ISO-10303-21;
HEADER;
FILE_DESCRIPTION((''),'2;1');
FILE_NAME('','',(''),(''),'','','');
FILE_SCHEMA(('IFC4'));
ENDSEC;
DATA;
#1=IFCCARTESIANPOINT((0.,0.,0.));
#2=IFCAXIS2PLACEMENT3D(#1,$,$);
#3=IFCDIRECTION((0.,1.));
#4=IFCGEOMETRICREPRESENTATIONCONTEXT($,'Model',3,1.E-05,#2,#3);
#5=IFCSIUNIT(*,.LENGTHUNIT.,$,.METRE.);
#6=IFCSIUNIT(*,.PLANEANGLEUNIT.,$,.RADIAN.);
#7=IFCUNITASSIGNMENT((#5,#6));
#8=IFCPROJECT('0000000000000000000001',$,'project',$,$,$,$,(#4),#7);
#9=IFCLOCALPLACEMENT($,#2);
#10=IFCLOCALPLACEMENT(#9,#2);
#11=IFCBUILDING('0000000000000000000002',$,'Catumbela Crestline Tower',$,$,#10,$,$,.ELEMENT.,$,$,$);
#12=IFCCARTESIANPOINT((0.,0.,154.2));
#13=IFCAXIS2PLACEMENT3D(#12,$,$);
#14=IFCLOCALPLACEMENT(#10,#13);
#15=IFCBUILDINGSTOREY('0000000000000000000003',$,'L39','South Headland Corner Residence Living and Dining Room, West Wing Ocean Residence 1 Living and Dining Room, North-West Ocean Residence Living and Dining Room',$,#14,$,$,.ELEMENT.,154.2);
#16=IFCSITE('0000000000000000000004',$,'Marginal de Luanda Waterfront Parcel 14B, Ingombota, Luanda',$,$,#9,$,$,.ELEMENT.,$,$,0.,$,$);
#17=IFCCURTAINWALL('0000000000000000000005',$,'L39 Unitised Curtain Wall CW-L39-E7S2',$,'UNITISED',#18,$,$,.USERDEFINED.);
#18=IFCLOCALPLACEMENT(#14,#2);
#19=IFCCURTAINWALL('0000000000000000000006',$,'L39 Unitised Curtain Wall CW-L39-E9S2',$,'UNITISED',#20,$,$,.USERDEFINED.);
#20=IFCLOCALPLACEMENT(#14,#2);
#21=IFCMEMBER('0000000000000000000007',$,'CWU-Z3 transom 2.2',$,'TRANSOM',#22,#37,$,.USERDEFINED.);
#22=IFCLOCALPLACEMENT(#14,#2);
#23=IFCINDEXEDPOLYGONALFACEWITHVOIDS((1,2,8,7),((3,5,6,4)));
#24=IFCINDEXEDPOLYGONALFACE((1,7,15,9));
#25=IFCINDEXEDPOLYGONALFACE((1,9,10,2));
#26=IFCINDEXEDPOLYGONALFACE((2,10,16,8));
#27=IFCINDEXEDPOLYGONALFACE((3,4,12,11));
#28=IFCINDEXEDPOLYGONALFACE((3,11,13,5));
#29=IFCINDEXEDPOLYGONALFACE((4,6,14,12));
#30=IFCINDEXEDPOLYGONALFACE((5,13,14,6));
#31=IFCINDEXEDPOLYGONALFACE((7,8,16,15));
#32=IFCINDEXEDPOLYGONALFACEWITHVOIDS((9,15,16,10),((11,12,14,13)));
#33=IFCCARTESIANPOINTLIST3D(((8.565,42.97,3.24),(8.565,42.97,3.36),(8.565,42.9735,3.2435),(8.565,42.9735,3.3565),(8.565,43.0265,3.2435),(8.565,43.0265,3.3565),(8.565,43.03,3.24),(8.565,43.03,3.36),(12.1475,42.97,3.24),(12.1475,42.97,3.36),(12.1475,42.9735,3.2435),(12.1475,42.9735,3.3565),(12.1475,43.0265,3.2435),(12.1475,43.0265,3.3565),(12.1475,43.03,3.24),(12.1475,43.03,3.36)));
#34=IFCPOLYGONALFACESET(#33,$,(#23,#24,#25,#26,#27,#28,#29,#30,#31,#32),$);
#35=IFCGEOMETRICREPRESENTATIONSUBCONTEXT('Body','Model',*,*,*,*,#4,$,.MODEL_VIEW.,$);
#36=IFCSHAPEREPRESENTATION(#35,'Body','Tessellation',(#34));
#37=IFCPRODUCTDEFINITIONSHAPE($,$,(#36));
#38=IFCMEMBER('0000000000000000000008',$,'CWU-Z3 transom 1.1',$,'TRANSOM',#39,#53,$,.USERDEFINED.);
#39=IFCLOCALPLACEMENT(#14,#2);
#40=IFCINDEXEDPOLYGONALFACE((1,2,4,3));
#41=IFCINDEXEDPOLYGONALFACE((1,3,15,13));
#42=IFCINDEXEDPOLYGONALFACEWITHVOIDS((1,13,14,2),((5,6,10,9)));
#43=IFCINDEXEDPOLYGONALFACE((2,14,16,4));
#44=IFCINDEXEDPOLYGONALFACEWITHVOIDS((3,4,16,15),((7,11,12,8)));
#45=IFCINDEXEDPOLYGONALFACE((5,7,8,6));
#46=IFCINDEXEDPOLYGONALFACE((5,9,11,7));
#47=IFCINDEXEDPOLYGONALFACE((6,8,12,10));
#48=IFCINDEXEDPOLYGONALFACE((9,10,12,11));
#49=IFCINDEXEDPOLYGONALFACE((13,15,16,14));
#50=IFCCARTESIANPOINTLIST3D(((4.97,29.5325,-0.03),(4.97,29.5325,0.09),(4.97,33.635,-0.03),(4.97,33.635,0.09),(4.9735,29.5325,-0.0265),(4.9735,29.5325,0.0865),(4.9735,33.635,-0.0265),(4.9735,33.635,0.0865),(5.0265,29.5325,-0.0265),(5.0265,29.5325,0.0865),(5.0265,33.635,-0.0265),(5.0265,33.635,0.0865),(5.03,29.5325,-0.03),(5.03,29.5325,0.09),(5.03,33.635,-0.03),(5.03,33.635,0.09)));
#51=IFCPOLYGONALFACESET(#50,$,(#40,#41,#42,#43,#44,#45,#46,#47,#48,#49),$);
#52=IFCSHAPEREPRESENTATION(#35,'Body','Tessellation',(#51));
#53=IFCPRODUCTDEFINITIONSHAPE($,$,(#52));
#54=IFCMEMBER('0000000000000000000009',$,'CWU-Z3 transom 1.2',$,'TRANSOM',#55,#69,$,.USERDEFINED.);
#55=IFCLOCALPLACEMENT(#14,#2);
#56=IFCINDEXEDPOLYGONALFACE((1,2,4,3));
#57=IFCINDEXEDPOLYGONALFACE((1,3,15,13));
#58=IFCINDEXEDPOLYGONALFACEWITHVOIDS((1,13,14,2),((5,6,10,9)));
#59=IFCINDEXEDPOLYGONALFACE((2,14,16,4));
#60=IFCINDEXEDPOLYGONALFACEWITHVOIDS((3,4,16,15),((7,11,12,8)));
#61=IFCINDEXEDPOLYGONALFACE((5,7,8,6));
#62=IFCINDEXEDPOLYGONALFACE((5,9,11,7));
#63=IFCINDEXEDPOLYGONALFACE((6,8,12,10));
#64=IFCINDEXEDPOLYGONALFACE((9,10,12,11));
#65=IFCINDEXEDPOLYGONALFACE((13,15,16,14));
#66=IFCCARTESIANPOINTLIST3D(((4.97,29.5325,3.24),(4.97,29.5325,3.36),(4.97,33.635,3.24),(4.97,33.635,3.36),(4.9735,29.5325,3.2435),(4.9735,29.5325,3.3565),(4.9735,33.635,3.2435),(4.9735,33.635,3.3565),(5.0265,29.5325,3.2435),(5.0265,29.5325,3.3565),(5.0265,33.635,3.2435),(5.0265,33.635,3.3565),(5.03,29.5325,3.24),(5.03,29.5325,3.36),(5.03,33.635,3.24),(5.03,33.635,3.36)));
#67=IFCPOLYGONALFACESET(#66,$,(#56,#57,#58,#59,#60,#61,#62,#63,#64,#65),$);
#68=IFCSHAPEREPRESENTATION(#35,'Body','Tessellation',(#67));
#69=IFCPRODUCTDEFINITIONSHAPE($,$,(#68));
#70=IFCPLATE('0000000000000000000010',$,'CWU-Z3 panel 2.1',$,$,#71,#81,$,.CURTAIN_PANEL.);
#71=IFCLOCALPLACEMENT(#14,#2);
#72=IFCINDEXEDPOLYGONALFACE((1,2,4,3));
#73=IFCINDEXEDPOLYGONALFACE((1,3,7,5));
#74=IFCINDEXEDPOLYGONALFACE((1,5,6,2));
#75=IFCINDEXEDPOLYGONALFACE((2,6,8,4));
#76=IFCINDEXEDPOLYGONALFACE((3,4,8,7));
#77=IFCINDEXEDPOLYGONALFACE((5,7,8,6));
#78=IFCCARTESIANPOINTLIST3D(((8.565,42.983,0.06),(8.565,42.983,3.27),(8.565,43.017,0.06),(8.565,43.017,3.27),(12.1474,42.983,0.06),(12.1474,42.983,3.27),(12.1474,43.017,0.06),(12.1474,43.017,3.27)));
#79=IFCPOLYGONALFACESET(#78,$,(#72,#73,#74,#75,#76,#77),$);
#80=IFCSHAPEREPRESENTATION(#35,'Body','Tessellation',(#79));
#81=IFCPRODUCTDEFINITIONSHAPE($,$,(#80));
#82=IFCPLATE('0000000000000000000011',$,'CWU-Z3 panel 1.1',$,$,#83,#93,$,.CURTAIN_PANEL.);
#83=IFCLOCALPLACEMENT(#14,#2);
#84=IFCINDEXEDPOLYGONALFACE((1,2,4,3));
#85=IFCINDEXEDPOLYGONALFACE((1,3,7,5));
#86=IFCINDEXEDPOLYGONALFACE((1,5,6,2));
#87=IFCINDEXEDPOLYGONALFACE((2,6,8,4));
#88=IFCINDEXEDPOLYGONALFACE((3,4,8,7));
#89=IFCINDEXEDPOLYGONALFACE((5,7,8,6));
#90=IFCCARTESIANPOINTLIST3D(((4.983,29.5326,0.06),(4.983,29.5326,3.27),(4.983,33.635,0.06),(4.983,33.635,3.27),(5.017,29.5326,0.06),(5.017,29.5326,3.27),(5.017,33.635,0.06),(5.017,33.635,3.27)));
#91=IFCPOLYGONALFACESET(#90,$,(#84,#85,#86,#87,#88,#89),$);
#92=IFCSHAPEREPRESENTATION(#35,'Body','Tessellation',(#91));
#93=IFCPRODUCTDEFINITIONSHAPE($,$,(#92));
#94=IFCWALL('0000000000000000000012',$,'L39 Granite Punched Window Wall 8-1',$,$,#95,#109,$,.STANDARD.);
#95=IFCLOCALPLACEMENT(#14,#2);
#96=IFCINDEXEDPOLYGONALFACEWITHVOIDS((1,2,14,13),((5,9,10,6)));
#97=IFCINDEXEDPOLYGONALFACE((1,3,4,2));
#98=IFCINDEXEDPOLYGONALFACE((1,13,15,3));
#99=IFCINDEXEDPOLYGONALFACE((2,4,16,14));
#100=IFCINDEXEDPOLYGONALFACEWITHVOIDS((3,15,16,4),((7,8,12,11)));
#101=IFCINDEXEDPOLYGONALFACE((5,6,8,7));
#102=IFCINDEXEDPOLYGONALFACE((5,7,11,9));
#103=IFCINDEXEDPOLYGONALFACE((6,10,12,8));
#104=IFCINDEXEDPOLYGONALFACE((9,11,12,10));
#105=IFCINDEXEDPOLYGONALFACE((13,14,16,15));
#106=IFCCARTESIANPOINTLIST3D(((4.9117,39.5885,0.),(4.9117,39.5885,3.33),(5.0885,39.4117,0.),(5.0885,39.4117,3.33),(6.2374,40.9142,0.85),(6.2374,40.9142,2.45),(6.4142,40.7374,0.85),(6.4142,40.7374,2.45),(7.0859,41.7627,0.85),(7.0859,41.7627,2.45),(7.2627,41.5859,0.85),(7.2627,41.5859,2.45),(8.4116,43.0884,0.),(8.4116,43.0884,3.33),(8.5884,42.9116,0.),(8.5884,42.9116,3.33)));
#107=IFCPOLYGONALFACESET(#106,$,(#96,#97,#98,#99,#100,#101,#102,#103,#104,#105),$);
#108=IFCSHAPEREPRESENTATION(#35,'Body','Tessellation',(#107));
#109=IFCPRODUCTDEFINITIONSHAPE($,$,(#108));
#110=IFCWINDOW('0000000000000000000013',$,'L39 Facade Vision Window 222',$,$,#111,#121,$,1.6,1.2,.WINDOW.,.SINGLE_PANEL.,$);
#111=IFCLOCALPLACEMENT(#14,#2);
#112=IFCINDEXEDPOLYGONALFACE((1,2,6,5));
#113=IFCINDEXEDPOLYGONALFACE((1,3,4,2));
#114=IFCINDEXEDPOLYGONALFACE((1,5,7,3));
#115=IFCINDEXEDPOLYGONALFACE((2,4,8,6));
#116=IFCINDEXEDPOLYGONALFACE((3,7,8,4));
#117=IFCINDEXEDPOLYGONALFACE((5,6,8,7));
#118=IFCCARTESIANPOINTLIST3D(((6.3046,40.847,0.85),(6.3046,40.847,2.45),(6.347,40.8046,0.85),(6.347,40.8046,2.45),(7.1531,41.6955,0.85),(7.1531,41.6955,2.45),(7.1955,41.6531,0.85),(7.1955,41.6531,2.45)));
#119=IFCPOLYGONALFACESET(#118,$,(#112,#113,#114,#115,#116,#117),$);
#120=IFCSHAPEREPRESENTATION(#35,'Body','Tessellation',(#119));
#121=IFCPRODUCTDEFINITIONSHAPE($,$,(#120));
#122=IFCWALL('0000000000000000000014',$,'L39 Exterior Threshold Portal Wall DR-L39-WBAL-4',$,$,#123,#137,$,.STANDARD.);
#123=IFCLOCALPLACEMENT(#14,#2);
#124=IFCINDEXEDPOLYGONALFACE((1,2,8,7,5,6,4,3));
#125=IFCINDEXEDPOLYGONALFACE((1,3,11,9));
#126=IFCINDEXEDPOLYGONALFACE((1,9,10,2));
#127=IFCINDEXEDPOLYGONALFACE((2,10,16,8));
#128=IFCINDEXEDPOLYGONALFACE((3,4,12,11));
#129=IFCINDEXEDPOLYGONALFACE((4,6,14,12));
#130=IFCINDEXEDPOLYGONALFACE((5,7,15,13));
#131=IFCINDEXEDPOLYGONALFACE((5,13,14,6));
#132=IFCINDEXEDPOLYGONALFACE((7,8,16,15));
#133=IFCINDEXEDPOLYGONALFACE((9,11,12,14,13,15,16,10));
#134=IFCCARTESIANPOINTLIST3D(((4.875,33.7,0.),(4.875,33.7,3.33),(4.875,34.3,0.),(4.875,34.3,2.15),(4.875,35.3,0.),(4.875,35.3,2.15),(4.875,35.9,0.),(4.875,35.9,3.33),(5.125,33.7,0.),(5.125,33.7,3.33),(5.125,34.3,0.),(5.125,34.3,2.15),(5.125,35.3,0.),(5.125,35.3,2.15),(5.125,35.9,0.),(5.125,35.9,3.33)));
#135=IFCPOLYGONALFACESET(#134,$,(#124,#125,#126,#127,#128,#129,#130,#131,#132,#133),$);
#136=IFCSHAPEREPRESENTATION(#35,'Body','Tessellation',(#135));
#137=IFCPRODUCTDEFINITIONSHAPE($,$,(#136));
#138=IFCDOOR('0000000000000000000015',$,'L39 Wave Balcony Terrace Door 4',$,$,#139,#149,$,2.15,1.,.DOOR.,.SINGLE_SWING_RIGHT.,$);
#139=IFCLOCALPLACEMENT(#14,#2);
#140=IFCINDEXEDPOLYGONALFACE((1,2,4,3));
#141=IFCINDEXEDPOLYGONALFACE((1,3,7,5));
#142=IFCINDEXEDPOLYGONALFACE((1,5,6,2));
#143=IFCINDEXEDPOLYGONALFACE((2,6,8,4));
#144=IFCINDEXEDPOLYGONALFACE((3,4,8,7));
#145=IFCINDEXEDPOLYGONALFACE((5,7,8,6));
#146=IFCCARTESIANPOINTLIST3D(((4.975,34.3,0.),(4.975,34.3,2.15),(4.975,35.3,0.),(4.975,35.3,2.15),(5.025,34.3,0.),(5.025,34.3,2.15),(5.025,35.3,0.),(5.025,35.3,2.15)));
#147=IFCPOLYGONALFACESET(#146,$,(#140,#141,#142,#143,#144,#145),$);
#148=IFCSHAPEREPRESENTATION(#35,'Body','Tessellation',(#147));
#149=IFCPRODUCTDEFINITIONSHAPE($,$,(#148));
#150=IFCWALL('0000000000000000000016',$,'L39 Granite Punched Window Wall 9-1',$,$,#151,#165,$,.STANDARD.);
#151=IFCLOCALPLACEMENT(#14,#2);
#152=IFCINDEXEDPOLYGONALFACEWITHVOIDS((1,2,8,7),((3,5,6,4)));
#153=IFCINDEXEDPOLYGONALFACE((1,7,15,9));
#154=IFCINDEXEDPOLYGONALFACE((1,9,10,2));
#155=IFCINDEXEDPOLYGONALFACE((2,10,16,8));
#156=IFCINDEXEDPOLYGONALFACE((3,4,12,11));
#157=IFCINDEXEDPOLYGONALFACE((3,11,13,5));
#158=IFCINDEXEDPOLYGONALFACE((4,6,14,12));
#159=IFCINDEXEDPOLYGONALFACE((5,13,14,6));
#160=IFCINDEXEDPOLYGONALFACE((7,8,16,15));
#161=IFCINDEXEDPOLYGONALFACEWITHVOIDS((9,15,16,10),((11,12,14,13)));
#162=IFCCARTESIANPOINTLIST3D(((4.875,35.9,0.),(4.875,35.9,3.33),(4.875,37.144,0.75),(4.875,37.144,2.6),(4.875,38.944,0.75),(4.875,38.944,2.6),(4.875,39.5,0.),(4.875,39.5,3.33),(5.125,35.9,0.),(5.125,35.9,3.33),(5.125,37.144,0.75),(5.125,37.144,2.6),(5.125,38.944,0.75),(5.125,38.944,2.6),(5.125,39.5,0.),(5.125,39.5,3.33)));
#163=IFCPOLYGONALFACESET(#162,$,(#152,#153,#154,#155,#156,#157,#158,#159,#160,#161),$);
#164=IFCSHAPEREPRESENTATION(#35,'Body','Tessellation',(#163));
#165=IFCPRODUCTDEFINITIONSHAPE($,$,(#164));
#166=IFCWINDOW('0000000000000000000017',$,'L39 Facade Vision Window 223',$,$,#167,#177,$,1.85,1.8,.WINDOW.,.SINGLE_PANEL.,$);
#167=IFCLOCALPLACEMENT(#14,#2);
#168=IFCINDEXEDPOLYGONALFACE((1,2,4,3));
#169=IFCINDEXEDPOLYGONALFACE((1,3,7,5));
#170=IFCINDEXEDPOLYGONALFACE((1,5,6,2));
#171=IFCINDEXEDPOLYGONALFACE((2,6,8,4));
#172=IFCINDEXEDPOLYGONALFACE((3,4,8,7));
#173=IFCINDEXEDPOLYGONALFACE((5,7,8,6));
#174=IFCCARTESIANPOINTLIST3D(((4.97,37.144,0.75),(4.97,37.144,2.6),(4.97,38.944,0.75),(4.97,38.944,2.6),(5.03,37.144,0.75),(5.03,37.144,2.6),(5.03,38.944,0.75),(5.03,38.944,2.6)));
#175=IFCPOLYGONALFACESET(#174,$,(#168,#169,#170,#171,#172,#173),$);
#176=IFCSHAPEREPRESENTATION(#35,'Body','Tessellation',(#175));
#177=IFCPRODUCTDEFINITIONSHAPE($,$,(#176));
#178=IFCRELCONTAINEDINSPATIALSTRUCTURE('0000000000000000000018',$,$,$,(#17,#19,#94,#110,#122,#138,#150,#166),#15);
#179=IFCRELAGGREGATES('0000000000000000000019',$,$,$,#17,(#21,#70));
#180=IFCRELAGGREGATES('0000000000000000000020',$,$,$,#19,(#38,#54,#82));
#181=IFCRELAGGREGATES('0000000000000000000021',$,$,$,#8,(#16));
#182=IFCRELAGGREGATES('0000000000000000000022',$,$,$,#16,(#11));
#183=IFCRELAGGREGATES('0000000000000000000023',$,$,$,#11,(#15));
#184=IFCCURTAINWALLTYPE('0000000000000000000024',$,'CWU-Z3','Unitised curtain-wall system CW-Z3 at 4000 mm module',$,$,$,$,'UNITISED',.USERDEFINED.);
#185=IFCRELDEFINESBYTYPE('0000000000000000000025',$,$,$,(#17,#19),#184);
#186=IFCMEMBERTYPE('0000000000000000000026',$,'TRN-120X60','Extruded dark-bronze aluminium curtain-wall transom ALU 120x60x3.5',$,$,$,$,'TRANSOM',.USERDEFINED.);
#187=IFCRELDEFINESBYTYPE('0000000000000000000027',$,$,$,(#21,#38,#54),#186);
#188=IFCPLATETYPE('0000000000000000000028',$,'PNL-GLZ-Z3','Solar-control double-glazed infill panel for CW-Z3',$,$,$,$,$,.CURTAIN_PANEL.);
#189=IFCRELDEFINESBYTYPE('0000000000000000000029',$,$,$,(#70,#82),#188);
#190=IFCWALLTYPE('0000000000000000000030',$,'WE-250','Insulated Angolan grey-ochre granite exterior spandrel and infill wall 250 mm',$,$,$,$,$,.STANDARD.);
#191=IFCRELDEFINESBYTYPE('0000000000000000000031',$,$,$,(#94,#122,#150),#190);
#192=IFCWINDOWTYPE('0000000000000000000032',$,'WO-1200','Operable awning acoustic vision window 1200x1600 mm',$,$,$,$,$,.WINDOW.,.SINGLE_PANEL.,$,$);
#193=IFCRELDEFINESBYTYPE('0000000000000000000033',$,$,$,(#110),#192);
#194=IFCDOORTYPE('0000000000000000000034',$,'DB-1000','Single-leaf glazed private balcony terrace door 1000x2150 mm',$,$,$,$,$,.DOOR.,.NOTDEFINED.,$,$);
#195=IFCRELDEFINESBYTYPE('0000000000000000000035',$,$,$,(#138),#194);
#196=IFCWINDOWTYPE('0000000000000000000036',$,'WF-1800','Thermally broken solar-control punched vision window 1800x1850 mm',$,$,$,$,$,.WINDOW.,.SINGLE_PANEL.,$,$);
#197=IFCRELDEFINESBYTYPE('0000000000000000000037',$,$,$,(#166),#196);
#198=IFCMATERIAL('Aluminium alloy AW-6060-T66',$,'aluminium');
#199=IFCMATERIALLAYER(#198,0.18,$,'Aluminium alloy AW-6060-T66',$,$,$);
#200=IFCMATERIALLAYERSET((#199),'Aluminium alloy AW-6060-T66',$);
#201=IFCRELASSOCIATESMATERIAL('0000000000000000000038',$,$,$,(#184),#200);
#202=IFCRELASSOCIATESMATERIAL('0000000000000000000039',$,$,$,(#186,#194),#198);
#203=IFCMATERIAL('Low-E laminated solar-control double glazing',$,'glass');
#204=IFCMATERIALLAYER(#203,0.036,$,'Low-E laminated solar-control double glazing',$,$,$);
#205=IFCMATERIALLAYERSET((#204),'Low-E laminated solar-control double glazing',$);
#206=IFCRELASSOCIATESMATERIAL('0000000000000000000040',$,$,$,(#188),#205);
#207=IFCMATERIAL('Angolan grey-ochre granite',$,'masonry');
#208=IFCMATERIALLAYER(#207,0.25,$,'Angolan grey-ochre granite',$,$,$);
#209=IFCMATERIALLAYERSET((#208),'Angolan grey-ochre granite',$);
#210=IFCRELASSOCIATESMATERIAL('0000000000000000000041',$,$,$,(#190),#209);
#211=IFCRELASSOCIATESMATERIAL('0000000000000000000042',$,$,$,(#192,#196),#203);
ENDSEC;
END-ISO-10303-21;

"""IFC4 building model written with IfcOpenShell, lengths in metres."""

from ifc_helpers import new_model, si_unit, direction, frame, frame_2d, origin, origin_2d, place, context, subcontext, project, spatial, rectangle, hollow_rectangle, extrude, material, layer, layer_set, material_profile, profile_set, type_object, element, fill, aggregate, save


model = new_model("IFC4")

# Units and contexts
model_context = context("Model", 3, precision=1e-05, world=origin(), true_north=direction((0.0, 1.0)))
body_context = subcontext(model_context, "Body", "Model", "MODEL_VIEW")
ifc_project = project(units=[si_unit("LENGTHUNIT", "METRE"), si_unit("PLANEANGLEUNIT", "RADIAN")], contexts=[model_context])

# Site, building, storey
site_placement = place(None, origin())
site = spatial("IfcSite", under=ifc_project, at=site_placement, Name="Marginal de Luanda Waterfront Parcel 14B, Ingombota, Luanda", CompositionType="ELEMENT", RefElevation=0.0)
building_placement = place(site_placement, origin())
building = spatial("IfcBuilding", under=site, at=building_placement, Name="Catumbela Crestline Tower", CompositionType="ELEMENT")
storey_placement = place(building_placement, frame((0.0, 0.0, 154.2)))
storey = spatial("IfcBuildingStorey", under=building, at=storey_placement, Name="L39", Description="South Headland Corner Residence Living and Dining Room, West Wing Ocean Residence 1 Living and Dining Room, North-West Ocean Residence Living and Dining Room", CompositionType="ELEMENT", Elevation=154.2)

# Curtain wall
ifc_material_1 = material(Name="Aluminium alloy AW-6060-T66", Category="aluminium")
ifc_layer_1 = layer(ifc_material_1, 0.18, Name="Aluminium alloy AW-6060-T66")
ifc_layer_set_1 = layer_set([ifc_layer_1], Name="Aluminium alloy AW-6060-T66")
curtain_wall_type = type_object("IfcCurtainWallType", Name="CWU-Z3", Description="Unitised curtain-wall system CW-Z3 at 4000 mm module", ElementType="UNITISED", PredefinedType="USERDEFINED", material=ifc_layer_set_1)
curtain_wall_1_placement = place(storey_placement, origin())
curtain_wall_1 = element("IfcCurtainWall", 1, at=curtain_wall_1_placement, inside=storey, type_object=curtain_wall_type, Name="L39 Unitised Curtain Wall CW-L39-E7S2", ObjectType="UNITISED", PredefinedType="USERDEFINED")

# Curtain wall
curtain_wall_2_placement = place(storey_placement, origin())
curtain_wall_2 = element("IfcCurtainWall", 2, at=curtain_wall_2_placement, inside=storey, type_object=curtain_wall_type, Name="L39 Unitised Curtain Wall CW-L39-E9S2", ObjectType="UNITISED", PredefinedType="USERDEFINED")

# Members
ifc_material_profile_1 = material_profile(ifc_material_1, hollow_rectangle(XDim=0.06, YDim=0.12, WallThickness=0.0035, at=origin_2d()), Name="ALU 120x60x3.5")
ifc_profile_set_1 = profile_set([ifc_material_profile_1], Name="Aluminium alloy AW-6060-T66")
member_type_1 = type_object("IfcMemberType", Name="TRN-120X60", Description="Extruded dark-bronze aluminium curtain-wall transom ALU 120x60x3.5", ElementType="TRANSOM", PredefinedType="USERDEFINED", material=ifc_profile_set_1)
member_1_placement = place(storey_placement, frame((12.1475, 43.0, 3.3), z_axis=(-1.0, 0.0, 0.0), x_axis=(0.0, -1.0, 0.0)))
member_1 = element("IfcMember", 3, at=member_1_placement, type_object=member_type_1, Name="CWU-Z3 transom 2.2", ObjectType="TRANSOM", PredefinedType="USERDEFINED", context=body_context, shape_type="SweptSolid", body=[
    extrude(hollow_rectangle(XDim=0.06, YDim=0.12, WallThickness=0.0035, at=origin_2d()), origin(), (0.0, 0.0, 1.0), 3.5825),
])
member_2_placement = place(storey_placement, frame((5.0, 33.635, 0.03), z_axis=(0.0, -1.0, 0.0), x_axis=(1.0, 0.0, 0.0)))
member_2 = element("IfcMember", 4, at=member_2_placement, type_object=member_type_1, Name="CWU-Z3 transom 1.1", ObjectType="TRANSOM", PredefinedType="USERDEFINED", context=body_context, shape_type="SweptSolid", body=[
    extrude(hollow_rectangle(XDim=0.06, YDim=0.12, WallThickness=0.0035, at=origin_2d()), origin(), (0.0, 0.0, 1.0), 4.1025),
])
member_3_placement = place(storey_placement, frame((5.0, 33.635, 3.3), z_axis=(0.0, -1.0, 0.0), x_axis=(1.0, 0.0, 0.0)))
member_3 = element("IfcMember", 5, at=member_3_placement, type_object=member_type_1, Name="CWU-Z3 transom 1.2", ObjectType="TRANSOM", PredefinedType="USERDEFINED", context=body_context, shape_type="SweptSolid", body=[
    extrude(hollow_rectangle(XDim=0.06, YDim=0.12, WallThickness=0.0035, at=origin_2d()), origin(), (0.0, 0.0, 1.0), 4.1025),
])

# Plates
ifc_material_2 = material(Name="Low-E laminated solar-control double glazing", Category="glass")
ifc_layer_2 = layer(ifc_material_2, 0.036, Name="Low-E laminated solar-control double glazing")
ifc_layer_set_2 = layer_set([ifc_layer_2], Name="Low-E laminated solar-control double glazing")
plate_type = type_object("IfcPlateType", Name="PNL-GLZ-Z3", Description="Solar-control double-glazed infill panel for CW-Z3", PredefinedType="CURTAIN_PANEL", material=ifc_layer_set_2)
plate_1_placement = place(storey_placement, frame((10.3562, 43.0, 0.06), z_axis=(0.0, 0.0, 1.0), x_axis=(-1.0, 0.0, 0.0)))
plate_1 = element("IfcPlate", 6, at=plate_1_placement, type_object=plate_type, Name="CWU-Z3 panel 2.1", PredefinedType="CURTAIN_PANEL", context=body_context, shape_type="SweptSolid", body=[
    extrude(rectangle(XDim=3.5825, YDim=0.034, at=origin_2d()), origin(), (0.0, 0.0, 1.0), 3.21),
])
aggregate(curtain_wall_1, [member_1, plate_1])
plate_2_placement = place(storey_placement, frame((5.0, 31.5838, 0.06), z_axis=(0.0, 0.0, 1.0), x_axis=(0.0, -1.0, 0.0)))
plate_2 = element("IfcPlate", 7, at=plate_2_placement, type_object=plate_type, Name="CWU-Z3 panel 1.1", PredefinedType="CURTAIN_PANEL", context=body_context, shape_type="SweptSolid", body=[
    extrude(rectangle(XDim=4.1025, YDim=0.034, at=origin_2d()), origin(), (0.0, 0.0, 1.0), 3.21),
])
aggregate(curtain_wall_2, [member_2, member_3, plate_2])

# Wall, opening, window
ifc_material_3 = material(Name="Angolan grey-ochre granite", Category="masonry")
ifc_layer_3 = layer(ifc_material_3, 0.25, Name="Angolan grey-ochre granite")
ifc_layer_set_3 = layer_set([ifc_layer_3], Name="Angolan grey-ochre granite")
wall_type_1 = type_object("IfcWallType", Name="WE-250", Description="Insulated Angolan grey-ochre granite exterior spandrel and infill wall 250 mm", PredefinedType="STANDARD", material=ifc_layer_set_3)
wall_1_placement = place(storey_placement, frame((8.5, 43.0, 0.0), z_axis=(0.0, 0.0, 1.0), x_axis=(-0.707107, -0.707107, 0.0)))
wall_1 = element("IfcWall", 8, at=wall_1_placement, inside=storey, type_object=wall_type_1, Name="L39 Granite Punched Window Wall 8-1", PredefinedType="STANDARD", context=body_context, shape_type="SweptSolid", body=[
    extrude(rectangle(XDim=4.9497, YDim=0.25, at=frame_2d((2.4748, 0.0))), origin(), (0.0, 0.0, 1.0), 3.33),
])
opening_1_placement = place(wall_1_placement, frame((1.8748, 0.0, 0.85)))
opening_1 = element("IfcOpeningElement", 9, at=opening_1_placement, cuts=wall_1, PredefinedType="OPENING", context=body_context, shape_type="SweptSolid", body=[
    extrude(rectangle(XDim=1.2, YDim=1.6, at=frame_2d((0.6, 0.8))), frame((0.0, 0.135, 0.0), z_axis=(0.0, -1.0, 0.0), x_axis=(1.0, 0.0, 0.0)), (0.0, 0.0, 1.0), 0.27),
])
window_type_1 = type_object("IfcWindowType", Name="WO-1200", Description="Operable awning acoustic vision window 1200x1600 mm", PartitioningType="SINGLE_PANEL", PredefinedType="WINDOW", material=ifc_material_2)
window_1_placement = place(opening_1_placement, origin())
window_1 = element("IfcWindow", 10, at=window_1_placement, inside=storey, type_object=window_type_1, Name="L39 Facade Vision Window 222", OverallHeight=1.6, OverallWidth=1.2, PartitioningType="SINGLE_PANEL", PredefinedType="WINDOW", context=body_context, shape_type="SweptSolid", body=[
    extrude(rectangle(XDim=1.2, YDim=1.6, at=frame_2d((0.6, 0.8))), frame((0.0, 0.03, 0.0), z_axis=(0.0, -1.0, 0.0), x_axis=(1.0, 0.0, 0.0)), (0.0, 0.0, 1.0), 0.06),
])
fill(opening_1, window_1)

# Wall, opening, door
wall_2_placement = place(storey_placement, frame((5.0, 35.9, 0.0), z_axis=(0.0, 0.0, 1.0), x_axis=(0.0, -1.0, 0.0)))
wall_2 = element("IfcWall", 11, at=wall_2_placement, inside=storey, type_object=wall_type_1, Name="L39 Exterior Threshold Portal Wall DR-L39-WBAL-4", PredefinedType="STANDARD", context=body_context, shape_type="SweptSolid", body=[
    extrude(rectangle(XDim=2.2, YDim=0.25, at=frame_2d((1.1, 0.0))), origin(), (0.0, 0.0, 1.0), 3.33),
])
opening_2_placement = place(wall_2_placement, frame((0.6, 0.0, 0.0)))
opening_2 = element("IfcOpeningElement", 12, at=opening_2_placement, cuts=wall_2, PredefinedType="OPENING", context=body_context, shape_type="SweptSolid", body=[
    extrude(rectangle(XDim=1.0, YDim=2.15, at=frame_2d((0.5, 1.075))), frame((0.0, 0.135, 0.0), z_axis=(0.0, -1.0, 0.0), x_axis=(1.0, 0.0, 0.0)), (0.0, 0.0, 1.0), 0.27),
])
door_type_1 = type_object("IfcDoorType", Name="DB-1000", Description="Single-leaf glazed private balcony terrace door 1000x2150 mm", OperationType="NOTDEFINED", PredefinedType="DOOR", material=ifc_material_1)
door_1_placement = place(opening_2_placement, origin())
door_1 = element("IfcDoor", 13, at=door_1_placement, inside=storey, type_object=door_type_1, Name="L39 Wave Balcony Terrace Door 4", OperationType="SINGLE_SWING_RIGHT", OverallHeight=2.15, OverallWidth=1.0, PredefinedType="DOOR", context=body_context, shape_type="SweptSolid", body=[
    extrude(rectangle(XDim=1.0, YDim=2.15, at=frame_2d((0.5, 1.075))), frame((0.0, 0.025, 0.0), z_axis=(0.0, -1.0, 0.0), x_axis=(1.0, 0.0, 0.0)), (0.0, 0.0, 1.0), 0.05),
])
fill(opening_2, door_1)

# Wall, opening, window
wall_3_placement = place(storey_placement, frame((5.0, 39.5, 0.0), z_axis=(0.0, 0.0, 1.0), x_axis=(0.0, -1.0, 0.0)))
wall_3 = element("IfcWall", 14, at=wall_3_placement, inside=storey, type_object=wall_type_1, Name="L39 Granite Punched Window Wall 9-1", PredefinedType="STANDARD", context=body_context, shape_type="SweptSolid", body=[
    extrude(rectangle(XDim=3.6, YDim=0.25, at=frame_2d((1.8, 0.0))), origin(), (0.0, 0.0, 1.0), 3.33),
])
opening_3_placement = place(wall_3_placement, frame((0.556, 0.0, 0.75)))
opening_3 = element("IfcOpeningElement", 15, at=opening_3_placement, cuts=wall_3, PredefinedType="OPENING", context=body_context, shape_type="SweptSolid", body=[
    extrude(rectangle(XDim=1.8, YDim=1.85, at=frame_2d((0.9, 0.925))), frame((0.0, 0.135, 0.0), z_axis=(0.0, -1.0, 0.0), x_axis=(1.0, 0.0, 0.0)), (0.0, 0.0, 1.0), 0.27),
])
window_type_2 = type_object("IfcWindowType", Name="WF-1800", Description="Thermally broken solar-control punched vision window 1800x1850 mm", PartitioningType="SINGLE_PANEL", PredefinedType="WINDOW", material=ifc_material_2)
window_2_placement = place(opening_3_placement, origin())
window_2 = element("IfcWindow", 16, at=window_2_placement, inside=storey, type_object=window_type_2, Name="L39 Facade Vision Window 223", OverallHeight=1.85, OverallWidth=1.8, PartitioningType="SINGLE_PANEL", PredefinedType="WINDOW", context=body_context, shape_type="SweptSolid", body=[
    extrude(rectangle(XDim=1.8, YDim=1.85, at=frame_2d((0.9, 0.925))), frame((0.0, 0.03, 0.0), z_axis=(0.0, -1.0, 0.0), x_axis=(1.0, 0.0, 0.0)), (0.0, 0.0, 1.0), 0.06),
])
fill(opening_3, window_2)

save(model, "model.ifc")
